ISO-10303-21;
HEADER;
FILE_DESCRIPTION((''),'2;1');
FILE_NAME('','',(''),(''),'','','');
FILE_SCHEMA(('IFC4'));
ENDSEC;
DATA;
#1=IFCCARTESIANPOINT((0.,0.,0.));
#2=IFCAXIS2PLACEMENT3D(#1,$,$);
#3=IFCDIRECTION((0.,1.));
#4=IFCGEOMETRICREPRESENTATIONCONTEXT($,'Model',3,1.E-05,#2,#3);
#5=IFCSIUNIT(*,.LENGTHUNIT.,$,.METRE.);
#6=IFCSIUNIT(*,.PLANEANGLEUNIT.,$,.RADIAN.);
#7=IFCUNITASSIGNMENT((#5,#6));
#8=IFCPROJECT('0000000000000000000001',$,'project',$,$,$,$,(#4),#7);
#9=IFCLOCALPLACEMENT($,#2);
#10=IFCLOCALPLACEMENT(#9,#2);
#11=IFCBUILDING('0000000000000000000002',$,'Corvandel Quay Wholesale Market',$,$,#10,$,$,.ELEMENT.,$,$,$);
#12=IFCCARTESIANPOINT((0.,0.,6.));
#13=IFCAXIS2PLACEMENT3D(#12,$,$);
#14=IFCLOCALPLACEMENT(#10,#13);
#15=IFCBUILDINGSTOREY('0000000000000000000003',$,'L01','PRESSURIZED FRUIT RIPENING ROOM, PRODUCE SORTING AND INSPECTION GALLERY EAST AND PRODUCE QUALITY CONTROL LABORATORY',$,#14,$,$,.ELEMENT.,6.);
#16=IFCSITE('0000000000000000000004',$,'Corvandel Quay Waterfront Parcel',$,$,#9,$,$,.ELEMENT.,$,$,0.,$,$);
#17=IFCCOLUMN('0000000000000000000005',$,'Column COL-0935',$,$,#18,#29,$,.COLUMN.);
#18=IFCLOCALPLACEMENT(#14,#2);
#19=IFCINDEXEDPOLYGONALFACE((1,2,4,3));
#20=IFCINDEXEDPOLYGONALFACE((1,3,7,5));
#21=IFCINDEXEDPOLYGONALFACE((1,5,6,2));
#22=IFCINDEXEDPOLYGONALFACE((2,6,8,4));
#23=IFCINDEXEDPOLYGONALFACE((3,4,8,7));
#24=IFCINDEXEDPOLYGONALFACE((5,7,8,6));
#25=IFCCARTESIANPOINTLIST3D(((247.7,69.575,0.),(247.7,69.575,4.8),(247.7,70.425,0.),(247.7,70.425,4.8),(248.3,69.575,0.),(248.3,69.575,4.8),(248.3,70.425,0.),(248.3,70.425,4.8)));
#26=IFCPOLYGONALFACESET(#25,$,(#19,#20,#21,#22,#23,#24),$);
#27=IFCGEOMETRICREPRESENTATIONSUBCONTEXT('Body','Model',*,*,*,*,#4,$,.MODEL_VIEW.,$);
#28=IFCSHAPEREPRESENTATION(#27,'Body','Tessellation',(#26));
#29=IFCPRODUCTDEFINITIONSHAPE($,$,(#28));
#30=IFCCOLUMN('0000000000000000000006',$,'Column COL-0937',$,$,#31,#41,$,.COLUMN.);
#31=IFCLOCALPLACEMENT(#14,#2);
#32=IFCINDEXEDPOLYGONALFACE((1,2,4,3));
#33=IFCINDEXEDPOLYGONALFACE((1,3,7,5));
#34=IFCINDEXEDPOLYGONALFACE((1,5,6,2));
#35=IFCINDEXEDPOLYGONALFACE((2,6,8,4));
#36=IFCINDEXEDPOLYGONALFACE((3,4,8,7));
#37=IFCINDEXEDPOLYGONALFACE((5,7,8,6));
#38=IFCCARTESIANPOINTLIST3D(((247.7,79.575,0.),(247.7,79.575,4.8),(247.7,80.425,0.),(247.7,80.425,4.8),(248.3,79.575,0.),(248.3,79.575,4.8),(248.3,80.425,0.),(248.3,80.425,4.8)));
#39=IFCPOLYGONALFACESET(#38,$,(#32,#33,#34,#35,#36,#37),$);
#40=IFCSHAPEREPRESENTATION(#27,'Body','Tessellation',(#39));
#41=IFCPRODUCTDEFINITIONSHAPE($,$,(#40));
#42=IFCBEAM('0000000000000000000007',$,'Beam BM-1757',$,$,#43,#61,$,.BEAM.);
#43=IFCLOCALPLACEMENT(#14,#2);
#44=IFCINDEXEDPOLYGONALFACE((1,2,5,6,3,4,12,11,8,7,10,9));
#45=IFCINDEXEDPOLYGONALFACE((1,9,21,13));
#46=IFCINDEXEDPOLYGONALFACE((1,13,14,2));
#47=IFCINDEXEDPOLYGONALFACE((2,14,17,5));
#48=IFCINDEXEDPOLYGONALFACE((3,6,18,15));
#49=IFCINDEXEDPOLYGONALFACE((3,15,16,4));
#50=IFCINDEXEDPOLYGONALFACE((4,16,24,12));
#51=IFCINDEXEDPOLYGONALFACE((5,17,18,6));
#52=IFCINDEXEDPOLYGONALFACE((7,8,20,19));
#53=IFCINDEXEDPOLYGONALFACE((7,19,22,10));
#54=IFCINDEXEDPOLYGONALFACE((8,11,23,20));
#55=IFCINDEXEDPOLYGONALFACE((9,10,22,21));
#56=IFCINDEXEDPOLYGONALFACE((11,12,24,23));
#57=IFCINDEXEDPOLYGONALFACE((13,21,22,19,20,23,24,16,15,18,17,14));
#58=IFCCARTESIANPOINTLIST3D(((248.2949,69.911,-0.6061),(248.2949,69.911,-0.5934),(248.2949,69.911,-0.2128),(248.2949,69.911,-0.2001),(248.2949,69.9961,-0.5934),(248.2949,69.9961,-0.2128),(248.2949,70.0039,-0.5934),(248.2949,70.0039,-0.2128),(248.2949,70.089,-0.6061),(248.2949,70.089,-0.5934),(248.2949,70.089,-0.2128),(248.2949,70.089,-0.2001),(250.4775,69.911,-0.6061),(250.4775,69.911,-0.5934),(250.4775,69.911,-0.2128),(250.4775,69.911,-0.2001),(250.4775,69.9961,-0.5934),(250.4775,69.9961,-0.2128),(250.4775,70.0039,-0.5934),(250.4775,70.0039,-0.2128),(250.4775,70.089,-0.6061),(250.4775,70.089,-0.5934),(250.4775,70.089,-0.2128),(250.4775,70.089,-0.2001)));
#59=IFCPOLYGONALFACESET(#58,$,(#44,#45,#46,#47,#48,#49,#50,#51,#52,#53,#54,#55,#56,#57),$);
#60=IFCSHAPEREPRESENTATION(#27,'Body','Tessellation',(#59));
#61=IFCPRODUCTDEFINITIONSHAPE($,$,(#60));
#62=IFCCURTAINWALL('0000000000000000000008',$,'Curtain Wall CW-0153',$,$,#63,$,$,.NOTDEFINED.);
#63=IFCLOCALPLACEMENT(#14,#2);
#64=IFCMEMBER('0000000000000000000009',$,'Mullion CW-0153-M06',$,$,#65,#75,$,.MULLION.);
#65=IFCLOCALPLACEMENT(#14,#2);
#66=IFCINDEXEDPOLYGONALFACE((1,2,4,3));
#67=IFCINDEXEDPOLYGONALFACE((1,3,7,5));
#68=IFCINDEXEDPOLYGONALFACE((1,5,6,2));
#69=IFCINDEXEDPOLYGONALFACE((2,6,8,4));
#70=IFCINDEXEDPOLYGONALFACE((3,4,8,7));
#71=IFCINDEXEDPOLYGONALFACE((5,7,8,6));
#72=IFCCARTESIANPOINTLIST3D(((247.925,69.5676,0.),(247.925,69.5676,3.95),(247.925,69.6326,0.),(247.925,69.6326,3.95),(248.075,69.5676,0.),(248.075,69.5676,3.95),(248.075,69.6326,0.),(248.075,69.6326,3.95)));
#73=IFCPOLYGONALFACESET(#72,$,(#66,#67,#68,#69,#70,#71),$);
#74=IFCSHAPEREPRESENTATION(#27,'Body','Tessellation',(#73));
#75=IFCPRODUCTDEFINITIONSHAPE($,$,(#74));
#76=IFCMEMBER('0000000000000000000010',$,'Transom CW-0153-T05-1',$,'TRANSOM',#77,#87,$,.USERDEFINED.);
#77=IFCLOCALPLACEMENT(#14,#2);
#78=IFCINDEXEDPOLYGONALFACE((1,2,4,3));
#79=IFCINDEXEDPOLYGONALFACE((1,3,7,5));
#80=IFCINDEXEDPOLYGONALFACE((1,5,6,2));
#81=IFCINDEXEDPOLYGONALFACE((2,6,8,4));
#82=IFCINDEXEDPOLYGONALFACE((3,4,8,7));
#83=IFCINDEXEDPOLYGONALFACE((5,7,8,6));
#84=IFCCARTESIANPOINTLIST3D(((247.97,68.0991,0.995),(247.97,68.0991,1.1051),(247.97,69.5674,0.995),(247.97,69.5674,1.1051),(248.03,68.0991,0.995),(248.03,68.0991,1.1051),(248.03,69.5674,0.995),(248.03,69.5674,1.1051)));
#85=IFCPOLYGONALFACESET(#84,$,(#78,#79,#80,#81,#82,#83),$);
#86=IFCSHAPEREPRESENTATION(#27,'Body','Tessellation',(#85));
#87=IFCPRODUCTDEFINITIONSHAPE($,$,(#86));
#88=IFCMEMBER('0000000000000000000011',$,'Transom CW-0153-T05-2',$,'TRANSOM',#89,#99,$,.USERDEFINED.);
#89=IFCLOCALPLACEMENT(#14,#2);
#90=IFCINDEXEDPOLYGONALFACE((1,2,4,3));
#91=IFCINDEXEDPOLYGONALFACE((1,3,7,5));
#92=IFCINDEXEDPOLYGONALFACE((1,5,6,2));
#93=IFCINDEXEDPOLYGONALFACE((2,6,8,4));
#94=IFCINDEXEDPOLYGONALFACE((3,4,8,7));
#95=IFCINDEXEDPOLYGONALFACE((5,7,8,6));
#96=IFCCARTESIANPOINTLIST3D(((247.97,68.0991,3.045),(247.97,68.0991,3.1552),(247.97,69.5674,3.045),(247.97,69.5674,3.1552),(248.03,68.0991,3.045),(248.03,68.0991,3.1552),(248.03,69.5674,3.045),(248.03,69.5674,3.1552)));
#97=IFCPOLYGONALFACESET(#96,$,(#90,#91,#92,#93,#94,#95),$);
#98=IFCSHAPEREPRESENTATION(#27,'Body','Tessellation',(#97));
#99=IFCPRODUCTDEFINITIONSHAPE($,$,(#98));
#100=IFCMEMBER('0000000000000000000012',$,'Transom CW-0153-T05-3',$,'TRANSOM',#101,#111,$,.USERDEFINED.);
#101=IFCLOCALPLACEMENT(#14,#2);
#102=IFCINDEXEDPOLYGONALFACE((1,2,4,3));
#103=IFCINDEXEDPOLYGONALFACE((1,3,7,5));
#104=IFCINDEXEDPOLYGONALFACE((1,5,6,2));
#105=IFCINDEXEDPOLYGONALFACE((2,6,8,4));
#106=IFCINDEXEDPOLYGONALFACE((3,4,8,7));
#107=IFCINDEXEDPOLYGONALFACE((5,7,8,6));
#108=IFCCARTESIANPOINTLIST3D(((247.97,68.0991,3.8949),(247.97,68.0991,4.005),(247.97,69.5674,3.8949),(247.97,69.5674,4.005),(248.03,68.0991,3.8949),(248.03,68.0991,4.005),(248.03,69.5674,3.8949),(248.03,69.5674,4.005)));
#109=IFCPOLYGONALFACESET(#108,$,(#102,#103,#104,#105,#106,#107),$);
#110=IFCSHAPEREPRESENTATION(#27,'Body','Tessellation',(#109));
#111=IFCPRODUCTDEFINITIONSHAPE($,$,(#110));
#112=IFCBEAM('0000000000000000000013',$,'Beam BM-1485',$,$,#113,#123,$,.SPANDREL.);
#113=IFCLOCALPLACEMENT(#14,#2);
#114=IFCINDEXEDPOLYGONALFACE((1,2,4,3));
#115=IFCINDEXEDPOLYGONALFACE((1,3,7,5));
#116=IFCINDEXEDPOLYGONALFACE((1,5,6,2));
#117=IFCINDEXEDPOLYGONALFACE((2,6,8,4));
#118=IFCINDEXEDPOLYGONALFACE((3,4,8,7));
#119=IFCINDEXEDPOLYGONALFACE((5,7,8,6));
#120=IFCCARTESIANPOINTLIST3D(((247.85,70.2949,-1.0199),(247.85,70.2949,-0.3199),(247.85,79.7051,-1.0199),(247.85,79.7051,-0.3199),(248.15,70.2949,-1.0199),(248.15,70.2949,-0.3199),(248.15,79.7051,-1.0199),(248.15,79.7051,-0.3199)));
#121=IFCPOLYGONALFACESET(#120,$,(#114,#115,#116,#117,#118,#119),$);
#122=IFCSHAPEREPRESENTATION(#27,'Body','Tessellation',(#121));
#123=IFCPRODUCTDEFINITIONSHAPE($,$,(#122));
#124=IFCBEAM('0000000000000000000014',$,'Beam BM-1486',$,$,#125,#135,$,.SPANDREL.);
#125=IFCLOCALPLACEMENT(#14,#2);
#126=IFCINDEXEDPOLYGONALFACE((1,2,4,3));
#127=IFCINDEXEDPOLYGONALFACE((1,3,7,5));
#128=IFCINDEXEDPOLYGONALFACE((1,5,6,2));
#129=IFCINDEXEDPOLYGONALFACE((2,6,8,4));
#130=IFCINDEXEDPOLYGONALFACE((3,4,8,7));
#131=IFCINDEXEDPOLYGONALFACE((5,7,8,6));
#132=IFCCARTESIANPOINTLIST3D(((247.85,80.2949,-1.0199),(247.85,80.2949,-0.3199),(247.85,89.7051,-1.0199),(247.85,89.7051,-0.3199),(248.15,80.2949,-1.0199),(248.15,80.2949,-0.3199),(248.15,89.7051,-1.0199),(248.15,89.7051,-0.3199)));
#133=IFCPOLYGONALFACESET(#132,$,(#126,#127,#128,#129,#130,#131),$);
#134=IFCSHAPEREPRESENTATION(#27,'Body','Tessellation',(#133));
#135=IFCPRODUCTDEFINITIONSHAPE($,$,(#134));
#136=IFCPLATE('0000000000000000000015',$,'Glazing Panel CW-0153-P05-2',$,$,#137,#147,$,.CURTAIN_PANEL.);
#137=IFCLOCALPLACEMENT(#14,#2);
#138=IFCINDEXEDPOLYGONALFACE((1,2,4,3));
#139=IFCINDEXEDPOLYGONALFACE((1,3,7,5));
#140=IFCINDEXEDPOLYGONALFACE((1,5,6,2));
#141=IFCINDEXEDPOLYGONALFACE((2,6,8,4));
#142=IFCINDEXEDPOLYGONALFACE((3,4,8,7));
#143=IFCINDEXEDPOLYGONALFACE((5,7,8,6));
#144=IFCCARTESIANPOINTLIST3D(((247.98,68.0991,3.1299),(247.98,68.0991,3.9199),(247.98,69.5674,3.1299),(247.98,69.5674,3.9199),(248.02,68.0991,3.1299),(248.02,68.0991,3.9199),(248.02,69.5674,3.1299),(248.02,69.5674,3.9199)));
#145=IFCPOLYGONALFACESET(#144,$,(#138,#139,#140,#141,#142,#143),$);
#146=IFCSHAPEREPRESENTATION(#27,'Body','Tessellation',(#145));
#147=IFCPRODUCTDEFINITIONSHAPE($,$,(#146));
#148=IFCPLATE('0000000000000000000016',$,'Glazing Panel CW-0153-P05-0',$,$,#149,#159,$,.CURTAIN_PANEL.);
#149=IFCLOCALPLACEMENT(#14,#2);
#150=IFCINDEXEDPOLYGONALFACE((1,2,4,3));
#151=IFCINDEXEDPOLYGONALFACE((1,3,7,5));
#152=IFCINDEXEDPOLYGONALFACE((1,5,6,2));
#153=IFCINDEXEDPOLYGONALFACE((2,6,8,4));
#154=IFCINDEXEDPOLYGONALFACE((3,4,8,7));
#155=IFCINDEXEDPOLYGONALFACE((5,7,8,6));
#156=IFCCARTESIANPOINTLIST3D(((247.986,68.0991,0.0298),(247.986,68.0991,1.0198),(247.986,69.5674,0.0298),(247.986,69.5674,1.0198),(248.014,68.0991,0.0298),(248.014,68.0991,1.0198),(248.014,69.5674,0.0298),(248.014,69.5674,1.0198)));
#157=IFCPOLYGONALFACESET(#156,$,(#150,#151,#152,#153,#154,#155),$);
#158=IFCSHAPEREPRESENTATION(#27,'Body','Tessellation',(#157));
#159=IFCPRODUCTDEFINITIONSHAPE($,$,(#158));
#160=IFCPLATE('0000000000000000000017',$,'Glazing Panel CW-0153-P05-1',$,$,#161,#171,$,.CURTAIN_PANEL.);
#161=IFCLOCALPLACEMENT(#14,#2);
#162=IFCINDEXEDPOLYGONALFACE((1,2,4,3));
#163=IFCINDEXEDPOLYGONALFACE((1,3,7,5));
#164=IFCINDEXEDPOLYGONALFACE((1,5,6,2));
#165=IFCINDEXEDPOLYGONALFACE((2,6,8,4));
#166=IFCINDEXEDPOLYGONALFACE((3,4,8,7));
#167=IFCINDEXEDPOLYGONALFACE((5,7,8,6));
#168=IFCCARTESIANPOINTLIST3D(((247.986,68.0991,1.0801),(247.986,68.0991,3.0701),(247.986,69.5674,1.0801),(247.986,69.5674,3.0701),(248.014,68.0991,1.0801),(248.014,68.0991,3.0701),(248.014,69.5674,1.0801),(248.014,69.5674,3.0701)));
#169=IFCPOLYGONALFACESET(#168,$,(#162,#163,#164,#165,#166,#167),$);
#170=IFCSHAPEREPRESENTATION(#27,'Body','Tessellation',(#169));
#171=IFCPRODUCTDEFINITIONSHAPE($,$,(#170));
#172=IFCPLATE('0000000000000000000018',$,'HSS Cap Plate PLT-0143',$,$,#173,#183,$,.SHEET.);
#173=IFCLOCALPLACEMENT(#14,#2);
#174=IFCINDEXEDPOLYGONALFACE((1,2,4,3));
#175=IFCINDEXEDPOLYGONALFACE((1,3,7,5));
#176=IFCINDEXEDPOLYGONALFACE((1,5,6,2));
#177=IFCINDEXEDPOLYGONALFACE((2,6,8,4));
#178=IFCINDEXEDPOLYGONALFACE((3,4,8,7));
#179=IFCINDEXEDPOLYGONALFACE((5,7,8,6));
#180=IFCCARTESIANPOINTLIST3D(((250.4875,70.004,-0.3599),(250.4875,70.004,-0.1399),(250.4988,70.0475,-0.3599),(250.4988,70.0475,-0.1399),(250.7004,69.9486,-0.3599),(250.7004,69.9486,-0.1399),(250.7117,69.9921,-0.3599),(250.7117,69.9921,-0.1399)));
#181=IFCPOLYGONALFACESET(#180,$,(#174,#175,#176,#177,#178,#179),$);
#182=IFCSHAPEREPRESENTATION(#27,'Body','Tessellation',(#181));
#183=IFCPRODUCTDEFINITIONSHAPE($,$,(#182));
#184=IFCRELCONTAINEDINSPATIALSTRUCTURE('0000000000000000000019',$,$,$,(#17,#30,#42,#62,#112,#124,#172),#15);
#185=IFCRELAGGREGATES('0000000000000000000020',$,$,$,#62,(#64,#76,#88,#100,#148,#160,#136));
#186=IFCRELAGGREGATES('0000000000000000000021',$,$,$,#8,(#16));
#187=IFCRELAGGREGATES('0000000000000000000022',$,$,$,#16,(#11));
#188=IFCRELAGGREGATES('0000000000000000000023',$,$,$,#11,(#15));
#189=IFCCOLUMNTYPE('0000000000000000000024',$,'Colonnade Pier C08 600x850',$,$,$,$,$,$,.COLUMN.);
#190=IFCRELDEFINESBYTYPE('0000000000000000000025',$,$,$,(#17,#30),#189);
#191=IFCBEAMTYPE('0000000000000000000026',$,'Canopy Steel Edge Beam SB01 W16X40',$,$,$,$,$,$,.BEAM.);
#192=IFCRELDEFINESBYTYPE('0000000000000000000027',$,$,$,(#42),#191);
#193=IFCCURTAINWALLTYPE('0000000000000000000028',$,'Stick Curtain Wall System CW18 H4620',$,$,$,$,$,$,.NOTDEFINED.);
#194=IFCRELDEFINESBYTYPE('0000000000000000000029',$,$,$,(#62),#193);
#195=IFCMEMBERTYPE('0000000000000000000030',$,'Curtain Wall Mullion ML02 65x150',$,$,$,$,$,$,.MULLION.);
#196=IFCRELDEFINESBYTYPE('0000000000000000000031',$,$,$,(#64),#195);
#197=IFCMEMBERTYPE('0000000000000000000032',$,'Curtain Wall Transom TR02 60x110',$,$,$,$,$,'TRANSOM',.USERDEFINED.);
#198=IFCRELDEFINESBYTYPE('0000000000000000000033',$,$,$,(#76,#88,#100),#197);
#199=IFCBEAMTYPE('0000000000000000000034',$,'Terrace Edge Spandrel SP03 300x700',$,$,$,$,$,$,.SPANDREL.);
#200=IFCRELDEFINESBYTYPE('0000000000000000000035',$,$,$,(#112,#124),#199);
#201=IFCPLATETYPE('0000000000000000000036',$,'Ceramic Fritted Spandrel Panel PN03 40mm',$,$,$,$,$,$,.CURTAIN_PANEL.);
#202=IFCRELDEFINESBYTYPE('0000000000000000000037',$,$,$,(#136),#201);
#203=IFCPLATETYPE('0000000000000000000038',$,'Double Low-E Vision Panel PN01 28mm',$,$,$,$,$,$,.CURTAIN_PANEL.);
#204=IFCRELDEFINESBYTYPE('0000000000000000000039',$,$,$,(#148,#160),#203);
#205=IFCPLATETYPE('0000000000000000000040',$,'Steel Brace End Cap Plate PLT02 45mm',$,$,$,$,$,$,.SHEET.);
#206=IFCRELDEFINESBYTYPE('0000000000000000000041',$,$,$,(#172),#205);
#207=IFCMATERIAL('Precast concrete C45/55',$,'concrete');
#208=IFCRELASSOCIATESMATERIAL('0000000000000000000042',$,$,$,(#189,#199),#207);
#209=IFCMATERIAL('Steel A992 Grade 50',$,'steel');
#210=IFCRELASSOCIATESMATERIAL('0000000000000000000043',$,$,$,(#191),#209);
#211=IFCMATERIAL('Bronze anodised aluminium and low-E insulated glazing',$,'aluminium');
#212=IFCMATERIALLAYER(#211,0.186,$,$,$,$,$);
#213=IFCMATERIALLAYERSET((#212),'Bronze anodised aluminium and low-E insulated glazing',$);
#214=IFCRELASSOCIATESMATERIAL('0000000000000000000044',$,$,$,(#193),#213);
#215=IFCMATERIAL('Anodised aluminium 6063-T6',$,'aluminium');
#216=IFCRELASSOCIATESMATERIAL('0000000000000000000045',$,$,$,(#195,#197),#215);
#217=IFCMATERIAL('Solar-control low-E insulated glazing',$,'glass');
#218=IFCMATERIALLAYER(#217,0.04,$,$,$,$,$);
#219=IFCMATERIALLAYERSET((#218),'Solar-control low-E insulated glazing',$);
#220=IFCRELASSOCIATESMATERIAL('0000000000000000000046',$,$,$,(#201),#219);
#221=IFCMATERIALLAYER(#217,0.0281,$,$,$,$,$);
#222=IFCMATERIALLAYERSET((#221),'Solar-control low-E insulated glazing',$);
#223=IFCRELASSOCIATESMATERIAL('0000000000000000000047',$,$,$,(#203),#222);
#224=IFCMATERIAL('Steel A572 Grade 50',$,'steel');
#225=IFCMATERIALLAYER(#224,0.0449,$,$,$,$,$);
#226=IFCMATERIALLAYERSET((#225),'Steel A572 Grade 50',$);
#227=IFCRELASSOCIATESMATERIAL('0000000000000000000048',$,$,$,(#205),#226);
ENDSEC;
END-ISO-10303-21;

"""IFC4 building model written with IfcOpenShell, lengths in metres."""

from ifc_helpers import new_model, si_unit, direction, frame, origin, origin_2d, place, context, subcontext, project, spatial, rectangle, i_section, extrude, material, layer, layer_set, material_profile, profile_set, type_object, element, aggregate, save


model = new_model("IFC4")

# Units and contexts
model_context = context("Model", 3, precision=1e-05, world=origin(), true_north=direction((0.0, 1.0)))
body_context = subcontext(model_context, "Body", "Model", "MODEL_VIEW")
ifc_project = project(units=[si_unit("LENGTHUNIT", "METRE"), si_unit("PLANEANGLEUNIT", "RADIAN")], contexts=[model_context])

# Site, building, storey
site_placement = place(None, origin())
site = spatial("IfcSite", under=ifc_project, at=site_placement, Name="Corvandel Quay Waterfront Parcel", CompositionType="ELEMENT", RefElevation=0.0)
building_placement = place(site_placement, origin())
building = spatial("IfcBuilding", under=site, at=building_placement, Name="Corvandel Quay Wholesale Market", CompositionType="ELEMENT")
storey_placement = place(building_placement, frame((0.0, 0.0, 6.0)))
storey = spatial("IfcBuildingStorey", under=building, at=storey_placement, Name="L01", Description="PRESSURIZED FRUIT RIPENING ROOM, PRODUCE SORTING AND INSPECTION GALLERY EAST AND PRODUCE QUALITY CONTROL LABORATORY", CompositionType="ELEMENT", Elevation=6.0)

# Columns
ifc_material_1 = material(Name="Precast concrete C45/55", Category="concrete")
ifc_material_profile_1 = material_profile(ifc_material_1, rectangle(XDim=0.6001, YDim=0.8501, at=origin_2d()), Name="PC-COL-600x850")
ifc_profile_set_1 = profile_set([ifc_material_profile_1], Name="Precast concrete C45/55")
column_type = type_object("IfcColumnType", Name="Colonnade Pier C08 600x850", PredefinedType="COLUMN", material=ifc_profile_set_1)
for number, where, z_axis, x_axis, name in (
    (1, (248.0, 70.0, 0.0), (0.0, 0.0, 1.0), (1.0, 0.0, 0.0), "Column COL-0935"),
    (2, (248.0, 80.0, 0.0), (0.0, 0.0, 1.0), (1.0, 0.0, 0.0), "Column COL-0937"),
):
    element("IfcColumn", number, at=place(storey_placement, frame(where, z_axis=z_axis, x_axis=x_axis)), inside=storey, type_object=column_type, Name=name, PredefinedType="COLUMN", context=body_context, shape_type="SweptSolid", body=[
        extrude(rectangle(XDim=0.6001, YDim=0.8501, at=origin_2d()), origin(), (0.0, 0.0, 1.0), 4.8),
    ])

# Beam
ifc_material_2 = material(Name="Steel A992 Grade 50", Category="steel")
ifc_material_profile_2 = material_profile(ifc_material_2, i_section(OverallWidth=0.178, OverallDepth=0.406, WebThickness=0.0078, FlangeThickness=0.0127, at=origin_2d()), Name="W16X40")
ifc_profile_set_2 = profile_set([ifc_material_profile_2], Name="Steel A992 Grade 50")
beam_type_1 = type_object("IfcBeamType", Name="Canopy Steel Edge Beam SB01 W16X40", PredefinedType="BEAM", material=ifc_profile_set_2)
beam_placement = place(storey_placement, frame((248.2949, 70.0, -0.4031), z_axis=(1.0, 0.0, 0.0), x_axis=(0.0, 1.0, 0.0)))
element("IfcBeam", 3, at=beam_placement, inside=storey, type_object=beam_type_1, Name="Beam BM-1757", PredefinedType="BEAM", context=body_context, shape_type="SweptSolid", body=[
    extrude(i_section(OverallWidth=0.178, OverallDepth=0.406, WebThickness=0.0078, FlangeThickness=0.0127, at=origin_2d()), origin(), (0.0, 0.0, 1.0), 2.1826),
])

# Curtain wall, members
ifc_material_3 = material(Name="Bronze anodised aluminium and low-E insulated glazing", Category="aluminium")
ifc_layer_1 = layer(ifc_material_3, 0.186)
ifc_layer_set_1 = layer_set([ifc_layer_1], Name="Bronze anodised aluminium and low-E insulated glazing")
curtain_wall_type = type_object("IfcCurtainWallType", Name="Stick Curtain Wall System CW18 H4620", PredefinedType="NOTDEFINED", material=ifc_layer_set_1)
curtain_wall_placement = place(storey_placement, origin())
curtain_wall = element("IfcCurtainWall", 4, at=curtain_wall_placement, inside=storey, type_object=curtain_wall_type, Name="Curtain Wall CW-0153", PredefinedType="NOTDEFINED")
ifc_material_4 = material(Name="Anodised aluminium 6063-T6", Category="aluminium")
ifc_material_profile_3 = material_profile(ifc_material_4, rectangle(XDim=0.0649, YDim=0.1499, at=origin_2d()), Name="ALU-MUL-65x150")
ifc_profile_set_3 = profile_set([ifc_material_profile_3], Name="Anodised aluminium 6063-T6")
member_type_1 = type_object("IfcMemberType", Name="Curtain Wall Mullion ML02 65x150", PredefinedType="MULLION", material=ifc_profile_set_3)
member_1_placement = place(storey_placement, frame((248.0, 69.6001, 0.0), z_axis=(0.0, 0.0, 1.0), x_axis=(0.0, 1.0, 0.0)))
member_1 = element("IfcMember", 5, at=member_1_placement, type_object=member_type_1, Name="Mullion CW-0153-M06", PredefinedType="MULLION", context=body_context, shape_type="SweptSolid", body=[
    extrude(rectangle(XDim=0.0649, YDim=0.1499, at=origin_2d()), origin(), (0.0, 0.0, 1.0), 3.95),
])
ifc_material_profile_4 = material_profile(ifc_material_4, rectangle(XDim=0.0601, YDim=0.1101, at=origin_2d()), Name="ALU-TRN-60x110")
ifc_profile_set_4 = profile_set([ifc_material_profile_4], Name="Anodised aluminium 6063-T6")
member_type_2 = type_object("IfcMemberType", Name="Curtain Wall Transom TR02 60x110", ElementType="TRANSOM", PredefinedType="USERDEFINED", material=ifc_profile_set_4)
member_2_placement = place(storey_placement, frame((248.0, 68.0991, 1.05), z_axis=(0.0, 1.0, 0.0), x_axis=(-1.0, 0.0, 0.0)))
member_2 = element("IfcMember", 6, at=member_2_placement, type_object=member_type_2, Name="Transom CW-0153-T05-1", ObjectType="TRANSOM", PredefinedType="USERDEFINED", context=body_context, shape_type="SweptSolid", body=[
    extrude(rectangle(XDim=0.0601, YDim=0.1101, at=origin_2d()), origin(), (0.0, 0.0, 1.0), 1.4683),
])
member_3_placement = place(storey_placement, frame((248.0, 68.0991, 3.1001), z_axis=(0.0, 1.0, 0.0), x_axis=(-1.0, 0.0, 0.0)))
member_3 = element("IfcMember", 7, at=member_3_placement, type_object=member_type_2, Name="Transom CW-0153-T05-2", ObjectType="TRANSOM", PredefinedType="USERDEFINED", context=body_context, shape_type="SweptSolid", body=[
    extrude(rectangle(XDim=0.0601, YDim=0.1101, at=origin_2d()), origin(), (0.0, 0.0, 1.0), 1.4683),
])
member_4_placement = place(storey_placement, frame((248.0, 68.0991, 3.95), z_axis=(0.0, 1.0, 0.0), x_axis=(-1.0, 0.0, 0.0)))
member_4 = element("IfcMember", 8, at=member_4_placement, type_object=member_type_2, Name="Transom CW-0153-T05-3", ObjectType="TRANSOM", PredefinedType="USERDEFINED", context=body_context, shape_type="SweptSolid", body=[
    extrude(rectangle(XDim=0.0601, YDim=0.1101, at=origin_2d()), origin(), (0.0, 0.0, 1.0), 1.4683),
])

# Beams
ifc_material_profile_5 = material_profile(ifc_material_1, rectangle(XDim=0.3, YDim=0.7, at=origin_2d()), Name="PC-SPN-300x700")
ifc_profile_set_5 = profile_set([ifc_material_profile_5], Name="Precast concrete C45/55")
beam_type_2 = type_object("IfcBeamType", Name="Terrace Edge Spandrel SP03 300x700", PredefinedType="SPANDREL", material=ifc_profile_set_5)
for number, where, z_axis, x_axis, name in (
    (9, (248.0, 70.2949, -0.6699), (0.0, 1.0, 0.0), (-1.0, 0.0, 0.0), "Beam BM-1485"),
    (10, (248.0, 80.2949, -0.6699), (0.0, 1.0, 0.0), (-1.0, 0.0, 0.0), "Beam BM-1486"),
):
    element("IfcBeam", number, at=place(storey_placement, frame(where, z_axis=z_axis, x_axis=x_axis)), inside=storey, type_object=beam_type_2, Name=name, PredefinedType="SPANDREL", context=body_context, shape_type="SweptSolid", body=[
        extrude(rectangle(XDim=0.3, YDim=0.7, at=origin_2d()), origin(), (0.0, 0.0, 1.0), 9.4102),
    ])

# Plates
ifc_material_5 = material(Name="Solar-control low-E insulated glazing", Category="glass")
ifc_layer_2 = layer(ifc_material_5, 0.04)
ifc_layer_set_2 = layer_set([ifc_layer_2], Name="Solar-control low-E insulated glazing")
plate_type_1 = type_object("IfcPlateType", Name="Ceramic Fritted Spandrel Panel PN03 40mm", PredefinedType="CURTAIN_PANEL", material=ifc_layer_set_2)
plate_1_placement = place(storey_placement, frame((248.0, 68.8333, 3.1299), z_axis=(0.0, 0.0, 1.0), x_axis=(0.0, 1.0, 0.0)))
plate_1 = element("IfcPlate", 11, at=plate_1_placement, type_object=plate_type_1, Name="Glazing Panel CW-0153-P05-2", PredefinedType="CURTAIN_PANEL", context=body_context, shape_type="SweptSolid", body=[
    extrude(rectangle(XDim=1.4683, YDim=0.04, at=origin_2d()), origin(), (0.0, 0.0, 1.0), 0.79),
])
ifc_layer_3 = layer(ifc_material_5, 0.0281)
ifc_layer_set_3 = layer_set([ifc_layer_3], Name="Solar-control low-E insulated glazing")
plate_type_2 = type_object("IfcPlateType", Name="Double Low-E Vision Panel PN01 28mm", PredefinedType="CURTAIN_PANEL", material=ifc_layer_set_3)
plate_2_placement = place(storey_placement, frame((248.0, 68.8333, 0.0298), z_axis=(0.0, 0.0, 1.0), x_axis=(0.0, 1.0, 0.0)))
plate_2 = element("IfcPlate", 12, at=plate_2_placement, type_object=plate_type_2, Name="Glazing Panel CW-0153-P05-0", PredefinedType="CURTAIN_PANEL", context=body_context, shape_type="SweptSolid", body=[
    extrude(rectangle(XDim=1.4683, YDim=0.0281, at=origin_2d()), origin(), (0.0, 0.0, 1.0), 0.99),
])
plate_3_placement = place(storey_placement, frame((248.0, 68.8333, 1.0801), z_axis=(0.0, 0.0, 1.0), x_axis=(0.0, 1.0, 0.0)))
plate_3 = element("IfcPlate", 13, at=plate_3_placement, type_object=plate_type_2, Name="Glazing Panel CW-0153-P05-1", PredefinedType="CURTAIN_PANEL", context=body_context, shape_type="SweptSolid", body=[
    extrude(rectangle(XDim=1.4683, YDim=0.0281, at=origin_2d()), origin(), (0.0, 0.0, 1.0), 1.99),
])
aggregate(curtain_wall, [member_1, member_2, member_3, member_4, plate_2, plate_3, plate_1])

# Plate
ifc_material_6 = material(Name="Steel A572 Grade 50", Category="steel")
ifc_layer_4 = layer(ifc_material_6, 0.0449)
ifc_layer_set_4 = layer_set([ifc_layer_4], Name="Steel A572 Grade 50")
plate_type_3 = type_object("IfcPlateType", Name="Steel Brace End Cap Plate PLT02 45mm", PredefinedType="SHEET", material=ifc_layer_set_4)
for number, where, z_axis, x_axis, name in (
    (14, (250.5996, 69.998, -0.3599), (0.0, 0.0, 1.0), (-0.967841, 0.251563, 0.0), "HSS Cap Plate PLT-0143"),
):
    element("IfcPlate", number, at=place(storey_placement, frame(where, z_axis=z_axis, x_axis=x_axis)), inside=storey, type_object=plate_type_3, Name=name, PredefinedType="SHEET", context=body_context, shape_type="SweptSolid", body=[
        extrude(rectangle(XDim=0.22, YDim=0.0449, at=origin_2d()), origin(), (0.0, 0.0, 1.0), 0.22),
    ])

save(model, "model.ifc")
